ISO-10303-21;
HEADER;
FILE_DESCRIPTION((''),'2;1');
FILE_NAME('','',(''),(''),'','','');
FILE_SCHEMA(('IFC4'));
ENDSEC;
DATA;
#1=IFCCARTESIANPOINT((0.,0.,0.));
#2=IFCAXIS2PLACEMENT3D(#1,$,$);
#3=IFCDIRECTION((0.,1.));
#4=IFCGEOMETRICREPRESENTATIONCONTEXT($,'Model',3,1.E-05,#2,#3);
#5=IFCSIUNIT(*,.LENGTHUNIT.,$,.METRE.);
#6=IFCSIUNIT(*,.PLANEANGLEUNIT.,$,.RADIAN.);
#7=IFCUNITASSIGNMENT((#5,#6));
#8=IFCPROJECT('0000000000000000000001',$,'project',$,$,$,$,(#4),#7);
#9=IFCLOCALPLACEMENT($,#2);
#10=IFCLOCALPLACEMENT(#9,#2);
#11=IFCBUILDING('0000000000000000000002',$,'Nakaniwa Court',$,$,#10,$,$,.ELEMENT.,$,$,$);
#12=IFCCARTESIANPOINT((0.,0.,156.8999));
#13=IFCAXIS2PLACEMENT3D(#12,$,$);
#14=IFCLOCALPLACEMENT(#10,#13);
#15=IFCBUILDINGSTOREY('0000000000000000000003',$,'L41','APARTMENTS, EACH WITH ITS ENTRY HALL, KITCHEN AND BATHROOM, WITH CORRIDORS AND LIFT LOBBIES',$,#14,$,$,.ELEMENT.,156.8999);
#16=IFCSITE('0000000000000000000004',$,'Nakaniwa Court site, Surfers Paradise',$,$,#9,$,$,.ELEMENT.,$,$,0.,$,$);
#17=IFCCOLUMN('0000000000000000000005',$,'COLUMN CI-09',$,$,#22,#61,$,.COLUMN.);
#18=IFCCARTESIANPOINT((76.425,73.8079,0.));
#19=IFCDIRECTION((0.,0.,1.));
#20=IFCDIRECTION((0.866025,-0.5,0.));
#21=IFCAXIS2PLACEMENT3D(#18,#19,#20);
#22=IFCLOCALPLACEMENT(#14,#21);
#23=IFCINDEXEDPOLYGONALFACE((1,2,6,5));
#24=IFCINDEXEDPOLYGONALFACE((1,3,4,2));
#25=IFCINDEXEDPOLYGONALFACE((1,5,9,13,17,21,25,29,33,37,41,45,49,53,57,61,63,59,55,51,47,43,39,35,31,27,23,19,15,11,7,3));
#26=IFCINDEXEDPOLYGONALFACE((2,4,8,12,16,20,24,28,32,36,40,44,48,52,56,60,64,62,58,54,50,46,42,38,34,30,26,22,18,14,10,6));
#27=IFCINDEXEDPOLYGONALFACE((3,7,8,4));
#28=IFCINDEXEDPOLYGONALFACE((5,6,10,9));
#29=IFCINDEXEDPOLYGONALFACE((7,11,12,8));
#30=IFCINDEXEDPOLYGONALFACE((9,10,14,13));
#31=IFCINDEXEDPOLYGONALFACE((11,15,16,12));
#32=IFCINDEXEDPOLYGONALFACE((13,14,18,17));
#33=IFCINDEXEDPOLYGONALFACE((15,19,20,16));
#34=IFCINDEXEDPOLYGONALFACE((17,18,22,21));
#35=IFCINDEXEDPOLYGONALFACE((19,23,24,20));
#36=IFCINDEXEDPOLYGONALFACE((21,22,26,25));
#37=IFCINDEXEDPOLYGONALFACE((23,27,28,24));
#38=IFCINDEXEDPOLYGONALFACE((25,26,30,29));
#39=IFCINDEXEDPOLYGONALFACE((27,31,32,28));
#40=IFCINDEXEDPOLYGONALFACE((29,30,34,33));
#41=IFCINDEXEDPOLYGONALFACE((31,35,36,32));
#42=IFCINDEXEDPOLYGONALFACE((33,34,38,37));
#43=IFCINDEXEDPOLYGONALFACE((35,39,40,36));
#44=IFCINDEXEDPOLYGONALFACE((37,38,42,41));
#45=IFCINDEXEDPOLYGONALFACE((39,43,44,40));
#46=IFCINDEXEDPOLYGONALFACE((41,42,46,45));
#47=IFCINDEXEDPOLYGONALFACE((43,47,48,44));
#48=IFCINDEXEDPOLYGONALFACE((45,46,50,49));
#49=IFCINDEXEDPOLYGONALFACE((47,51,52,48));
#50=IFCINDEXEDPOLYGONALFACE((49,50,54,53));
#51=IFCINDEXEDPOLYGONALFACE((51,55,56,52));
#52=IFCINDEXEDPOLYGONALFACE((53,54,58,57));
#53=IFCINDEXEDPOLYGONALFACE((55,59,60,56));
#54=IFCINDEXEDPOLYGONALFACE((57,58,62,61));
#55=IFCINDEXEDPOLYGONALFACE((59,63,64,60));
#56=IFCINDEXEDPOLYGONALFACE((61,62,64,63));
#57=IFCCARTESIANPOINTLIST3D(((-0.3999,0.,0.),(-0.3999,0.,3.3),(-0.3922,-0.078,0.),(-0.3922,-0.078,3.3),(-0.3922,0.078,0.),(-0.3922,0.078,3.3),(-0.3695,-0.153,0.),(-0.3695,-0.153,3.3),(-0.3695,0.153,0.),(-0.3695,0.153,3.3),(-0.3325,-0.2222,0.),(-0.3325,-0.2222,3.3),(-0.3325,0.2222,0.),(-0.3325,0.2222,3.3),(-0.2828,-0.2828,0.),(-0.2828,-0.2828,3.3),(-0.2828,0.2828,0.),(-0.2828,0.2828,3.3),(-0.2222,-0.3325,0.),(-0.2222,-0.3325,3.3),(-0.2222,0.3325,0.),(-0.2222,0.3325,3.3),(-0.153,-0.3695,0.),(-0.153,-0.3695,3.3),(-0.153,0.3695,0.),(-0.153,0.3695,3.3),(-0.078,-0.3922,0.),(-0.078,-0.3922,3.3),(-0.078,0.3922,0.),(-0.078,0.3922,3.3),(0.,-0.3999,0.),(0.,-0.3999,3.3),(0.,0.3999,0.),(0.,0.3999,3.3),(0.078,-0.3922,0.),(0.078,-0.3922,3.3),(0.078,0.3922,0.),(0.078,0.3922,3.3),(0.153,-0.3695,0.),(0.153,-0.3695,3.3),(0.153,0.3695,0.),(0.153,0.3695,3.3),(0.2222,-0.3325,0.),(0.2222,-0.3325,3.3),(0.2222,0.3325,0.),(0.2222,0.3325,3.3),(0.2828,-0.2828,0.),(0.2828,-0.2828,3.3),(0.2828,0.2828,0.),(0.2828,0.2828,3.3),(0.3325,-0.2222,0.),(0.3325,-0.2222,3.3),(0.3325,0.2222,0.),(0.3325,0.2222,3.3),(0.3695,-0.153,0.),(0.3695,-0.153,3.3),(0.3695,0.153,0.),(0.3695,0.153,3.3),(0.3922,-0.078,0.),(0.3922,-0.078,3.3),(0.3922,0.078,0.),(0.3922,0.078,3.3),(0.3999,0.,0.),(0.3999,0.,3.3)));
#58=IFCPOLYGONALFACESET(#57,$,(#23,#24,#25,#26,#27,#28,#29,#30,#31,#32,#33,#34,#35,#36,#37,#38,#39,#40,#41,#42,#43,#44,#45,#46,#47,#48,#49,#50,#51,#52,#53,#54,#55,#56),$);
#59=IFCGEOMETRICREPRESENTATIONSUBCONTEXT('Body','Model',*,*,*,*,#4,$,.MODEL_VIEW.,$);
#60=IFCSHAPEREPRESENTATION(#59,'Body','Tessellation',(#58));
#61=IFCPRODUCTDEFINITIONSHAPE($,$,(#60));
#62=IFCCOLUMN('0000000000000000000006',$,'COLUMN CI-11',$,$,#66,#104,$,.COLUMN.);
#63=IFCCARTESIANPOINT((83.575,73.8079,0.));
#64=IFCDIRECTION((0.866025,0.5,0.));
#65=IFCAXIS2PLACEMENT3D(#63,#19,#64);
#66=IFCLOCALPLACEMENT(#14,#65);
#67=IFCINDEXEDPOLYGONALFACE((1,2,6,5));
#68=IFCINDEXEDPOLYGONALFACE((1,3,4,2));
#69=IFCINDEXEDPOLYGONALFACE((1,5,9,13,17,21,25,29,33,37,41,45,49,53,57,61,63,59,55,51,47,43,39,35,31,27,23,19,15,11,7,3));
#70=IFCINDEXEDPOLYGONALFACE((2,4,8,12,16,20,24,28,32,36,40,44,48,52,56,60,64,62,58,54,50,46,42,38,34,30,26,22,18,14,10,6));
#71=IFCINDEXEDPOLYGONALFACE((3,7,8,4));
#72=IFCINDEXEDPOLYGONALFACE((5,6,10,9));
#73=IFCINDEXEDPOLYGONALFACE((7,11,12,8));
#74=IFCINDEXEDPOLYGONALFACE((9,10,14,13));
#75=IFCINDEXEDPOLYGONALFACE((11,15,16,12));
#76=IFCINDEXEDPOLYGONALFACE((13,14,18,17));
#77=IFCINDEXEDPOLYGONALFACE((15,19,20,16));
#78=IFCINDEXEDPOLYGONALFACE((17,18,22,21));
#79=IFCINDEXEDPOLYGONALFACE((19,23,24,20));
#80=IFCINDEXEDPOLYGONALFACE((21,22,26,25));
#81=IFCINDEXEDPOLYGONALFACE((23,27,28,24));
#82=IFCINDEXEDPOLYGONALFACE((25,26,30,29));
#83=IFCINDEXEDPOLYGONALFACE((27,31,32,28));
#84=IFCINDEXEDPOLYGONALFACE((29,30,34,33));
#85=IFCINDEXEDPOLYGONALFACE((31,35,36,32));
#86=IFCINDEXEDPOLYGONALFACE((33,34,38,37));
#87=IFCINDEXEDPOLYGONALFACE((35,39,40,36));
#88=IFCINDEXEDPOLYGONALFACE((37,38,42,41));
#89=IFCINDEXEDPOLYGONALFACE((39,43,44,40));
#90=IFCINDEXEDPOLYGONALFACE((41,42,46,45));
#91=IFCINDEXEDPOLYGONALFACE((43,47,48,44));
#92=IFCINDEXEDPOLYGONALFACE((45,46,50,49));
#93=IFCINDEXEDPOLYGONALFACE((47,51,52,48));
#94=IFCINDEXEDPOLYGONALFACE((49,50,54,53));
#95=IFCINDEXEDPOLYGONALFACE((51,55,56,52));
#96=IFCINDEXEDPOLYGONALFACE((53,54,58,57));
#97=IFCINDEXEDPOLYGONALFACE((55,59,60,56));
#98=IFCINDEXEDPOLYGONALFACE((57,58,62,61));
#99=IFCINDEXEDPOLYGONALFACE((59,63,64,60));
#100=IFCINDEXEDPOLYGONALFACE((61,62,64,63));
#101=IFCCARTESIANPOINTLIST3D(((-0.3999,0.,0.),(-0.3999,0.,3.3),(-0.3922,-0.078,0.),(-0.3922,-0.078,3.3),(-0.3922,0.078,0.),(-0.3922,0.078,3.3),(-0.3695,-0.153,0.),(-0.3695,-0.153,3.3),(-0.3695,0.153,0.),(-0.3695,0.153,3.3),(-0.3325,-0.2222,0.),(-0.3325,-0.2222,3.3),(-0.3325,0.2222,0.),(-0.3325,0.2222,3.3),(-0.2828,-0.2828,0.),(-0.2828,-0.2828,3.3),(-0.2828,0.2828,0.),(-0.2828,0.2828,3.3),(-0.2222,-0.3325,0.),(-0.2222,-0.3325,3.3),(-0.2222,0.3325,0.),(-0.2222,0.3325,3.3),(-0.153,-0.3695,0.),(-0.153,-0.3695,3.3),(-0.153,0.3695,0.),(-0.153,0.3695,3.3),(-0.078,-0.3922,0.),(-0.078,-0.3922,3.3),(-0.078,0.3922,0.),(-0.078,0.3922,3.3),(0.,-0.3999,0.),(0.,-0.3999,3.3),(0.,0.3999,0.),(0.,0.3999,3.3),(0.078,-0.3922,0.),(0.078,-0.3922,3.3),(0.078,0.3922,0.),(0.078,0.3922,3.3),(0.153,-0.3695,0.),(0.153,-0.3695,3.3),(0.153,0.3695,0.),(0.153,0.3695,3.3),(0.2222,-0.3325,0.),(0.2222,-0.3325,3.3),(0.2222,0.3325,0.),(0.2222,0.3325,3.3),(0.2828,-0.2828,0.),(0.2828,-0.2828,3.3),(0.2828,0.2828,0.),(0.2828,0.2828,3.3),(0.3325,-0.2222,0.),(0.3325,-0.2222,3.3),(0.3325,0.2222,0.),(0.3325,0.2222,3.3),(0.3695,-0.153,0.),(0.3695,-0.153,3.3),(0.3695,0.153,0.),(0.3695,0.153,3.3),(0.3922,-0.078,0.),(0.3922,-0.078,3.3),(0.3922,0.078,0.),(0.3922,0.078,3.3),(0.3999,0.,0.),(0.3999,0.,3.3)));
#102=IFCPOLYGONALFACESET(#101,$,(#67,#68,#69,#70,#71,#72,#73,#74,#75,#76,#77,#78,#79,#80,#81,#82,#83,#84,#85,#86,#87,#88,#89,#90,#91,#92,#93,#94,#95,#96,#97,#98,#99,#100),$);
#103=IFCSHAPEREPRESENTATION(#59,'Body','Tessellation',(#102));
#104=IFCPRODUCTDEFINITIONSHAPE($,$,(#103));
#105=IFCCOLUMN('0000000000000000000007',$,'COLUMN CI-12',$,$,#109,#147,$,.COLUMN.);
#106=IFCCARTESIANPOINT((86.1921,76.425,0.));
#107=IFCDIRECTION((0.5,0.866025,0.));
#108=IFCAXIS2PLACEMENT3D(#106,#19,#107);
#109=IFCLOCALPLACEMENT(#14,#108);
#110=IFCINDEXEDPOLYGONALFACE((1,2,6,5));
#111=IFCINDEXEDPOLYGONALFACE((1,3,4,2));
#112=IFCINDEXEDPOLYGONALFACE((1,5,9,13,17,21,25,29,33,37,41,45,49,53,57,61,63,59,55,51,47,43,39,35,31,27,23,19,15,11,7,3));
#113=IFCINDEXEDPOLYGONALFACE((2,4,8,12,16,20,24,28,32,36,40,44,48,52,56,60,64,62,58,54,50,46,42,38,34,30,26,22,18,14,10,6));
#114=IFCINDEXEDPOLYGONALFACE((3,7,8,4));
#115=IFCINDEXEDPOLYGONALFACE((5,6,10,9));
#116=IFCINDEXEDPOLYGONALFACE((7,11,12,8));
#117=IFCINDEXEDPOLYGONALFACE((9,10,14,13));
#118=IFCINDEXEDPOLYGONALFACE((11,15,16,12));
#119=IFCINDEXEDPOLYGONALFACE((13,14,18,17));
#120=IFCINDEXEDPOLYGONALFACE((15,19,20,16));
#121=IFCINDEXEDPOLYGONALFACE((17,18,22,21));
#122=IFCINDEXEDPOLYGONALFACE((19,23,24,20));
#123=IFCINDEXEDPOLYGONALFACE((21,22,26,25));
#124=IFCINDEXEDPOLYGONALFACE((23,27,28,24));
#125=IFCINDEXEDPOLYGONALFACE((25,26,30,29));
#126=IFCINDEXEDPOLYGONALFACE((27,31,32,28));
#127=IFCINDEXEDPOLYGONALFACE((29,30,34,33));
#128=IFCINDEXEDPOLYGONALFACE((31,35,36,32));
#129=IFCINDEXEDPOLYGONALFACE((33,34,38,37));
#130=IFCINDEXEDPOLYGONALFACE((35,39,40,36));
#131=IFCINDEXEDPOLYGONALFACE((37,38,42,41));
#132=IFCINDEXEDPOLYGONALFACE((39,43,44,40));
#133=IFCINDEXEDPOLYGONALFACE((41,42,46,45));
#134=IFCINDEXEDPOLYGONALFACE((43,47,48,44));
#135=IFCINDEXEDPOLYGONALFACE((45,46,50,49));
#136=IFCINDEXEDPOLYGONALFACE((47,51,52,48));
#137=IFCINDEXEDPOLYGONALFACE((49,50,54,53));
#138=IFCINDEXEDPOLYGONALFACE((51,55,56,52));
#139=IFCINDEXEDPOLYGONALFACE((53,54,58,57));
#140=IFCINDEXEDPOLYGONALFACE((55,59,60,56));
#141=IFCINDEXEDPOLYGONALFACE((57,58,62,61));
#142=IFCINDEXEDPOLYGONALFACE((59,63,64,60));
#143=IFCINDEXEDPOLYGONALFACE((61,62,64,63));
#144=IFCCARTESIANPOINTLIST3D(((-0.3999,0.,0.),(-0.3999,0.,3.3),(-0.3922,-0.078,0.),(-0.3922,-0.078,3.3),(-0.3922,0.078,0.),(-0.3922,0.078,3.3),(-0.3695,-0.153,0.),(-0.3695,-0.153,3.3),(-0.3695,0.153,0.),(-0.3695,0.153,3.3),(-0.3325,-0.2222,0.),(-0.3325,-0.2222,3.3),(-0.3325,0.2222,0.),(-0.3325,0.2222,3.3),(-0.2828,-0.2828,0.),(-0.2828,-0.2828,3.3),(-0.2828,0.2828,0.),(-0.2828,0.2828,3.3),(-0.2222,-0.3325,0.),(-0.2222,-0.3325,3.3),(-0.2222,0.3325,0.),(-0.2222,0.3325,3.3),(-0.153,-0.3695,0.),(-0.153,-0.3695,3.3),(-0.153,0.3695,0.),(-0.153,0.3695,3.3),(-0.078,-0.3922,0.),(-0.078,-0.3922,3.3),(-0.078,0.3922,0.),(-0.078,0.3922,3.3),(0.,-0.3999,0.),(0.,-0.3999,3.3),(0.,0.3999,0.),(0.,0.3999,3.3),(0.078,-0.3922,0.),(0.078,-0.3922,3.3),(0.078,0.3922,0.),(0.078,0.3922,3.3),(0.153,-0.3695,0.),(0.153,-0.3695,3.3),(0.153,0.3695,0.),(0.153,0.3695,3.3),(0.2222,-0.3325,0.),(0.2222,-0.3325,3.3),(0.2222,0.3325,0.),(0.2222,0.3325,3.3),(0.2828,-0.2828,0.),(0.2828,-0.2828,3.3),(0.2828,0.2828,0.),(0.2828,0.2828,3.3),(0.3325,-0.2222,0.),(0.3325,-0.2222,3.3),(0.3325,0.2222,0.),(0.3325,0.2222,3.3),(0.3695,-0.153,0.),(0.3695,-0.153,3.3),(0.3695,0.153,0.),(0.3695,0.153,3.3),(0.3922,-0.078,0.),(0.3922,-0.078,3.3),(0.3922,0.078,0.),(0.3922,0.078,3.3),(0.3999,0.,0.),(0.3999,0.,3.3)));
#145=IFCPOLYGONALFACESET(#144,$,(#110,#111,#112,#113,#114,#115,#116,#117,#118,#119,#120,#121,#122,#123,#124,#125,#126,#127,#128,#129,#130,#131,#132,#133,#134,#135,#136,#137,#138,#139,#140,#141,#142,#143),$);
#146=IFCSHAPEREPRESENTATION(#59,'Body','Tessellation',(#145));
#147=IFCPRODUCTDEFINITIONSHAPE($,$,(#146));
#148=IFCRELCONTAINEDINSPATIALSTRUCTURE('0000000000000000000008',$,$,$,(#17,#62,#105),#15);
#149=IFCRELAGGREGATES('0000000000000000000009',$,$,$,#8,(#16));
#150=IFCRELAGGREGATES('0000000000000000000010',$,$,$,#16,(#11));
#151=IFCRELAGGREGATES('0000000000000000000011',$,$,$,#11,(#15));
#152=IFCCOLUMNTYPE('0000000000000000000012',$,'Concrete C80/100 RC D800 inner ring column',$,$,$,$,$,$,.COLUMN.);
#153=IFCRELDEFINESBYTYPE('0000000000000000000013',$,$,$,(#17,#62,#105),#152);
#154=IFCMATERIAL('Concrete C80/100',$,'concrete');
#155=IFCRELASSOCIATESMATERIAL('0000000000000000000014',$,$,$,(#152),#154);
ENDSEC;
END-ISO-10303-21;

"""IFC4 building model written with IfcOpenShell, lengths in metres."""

from ifc_helpers import new_model, si_unit, direction, frame, origin, origin_2d, place, context, subcontext, project, spatial, circle, extrude, material, material_profile, profile_set, type_object, element, save


model = new_model("IFC4")

# Units and contexts
model_context = context("Model", 3, precision=1e-05, world=origin(), true_north=direction((0.0, 1.0)))
body_context = subcontext(model_context, "Body", "Model", "MODEL_VIEW")
ifc_project = project(units=[si_unit("LENGTHUNIT", "METRE"), si_unit("PLANEANGLEUNIT", "RADIAN")], contexts=[model_context])

# Site, building, storey
site_placement = place(None, origin())
site = spatial("IfcSite", under=ifc_project, at=site_placement, Name="Nakaniwa Court site, Surfers Paradise", CompositionType="ELEMENT", RefElevation=0.0)
building_placement = place(site_placement, origin())
building = spatial("IfcBuilding", under=site, at=building_placement, Name="Nakaniwa Court", CompositionType="ELEMENT")
storey_placement = place(building_placement, frame((0.0, 0.0, 156.8999)))
storey = spatial("IfcBuildingStorey", under=building, at=storey_placement, Name="L41", Description="APARTMENTS, EACH WITH ITS ENTRY HALL, KITCHEN AND BATHROOM, WITH CORRIDORS AND LIFT LOBBIES", CompositionType="ELEMENT", Elevation=156.8999)

# Columns
ifc_material_1 = material(Name="Concrete C80/100", Category="concrete")
ifc_material_profile_1 = material_profile(ifc_material_1, circle(Radius=0.3999, at=origin_2d()), Name="Concrete C80/100 RC D800 inner ring column")
ifc_profile_set_1 = profile_set([ifc_material_profile_1], Name="Concrete C80/100")
column_type = type_object("IfcColumnType", Name="Concrete C80/100 RC D800 inner ring column", PredefinedType="COLUMN", material=ifc_profile_set_1)
for number, where, z_axis, x_axis, name in (
    (1, (76.425, 73.8079, 0.0), (0.0, 0.0, 1.0), (0.866025, -0.5, 0.0), "COLUMN CI-09"),
    (2, (83.575, 73.8079, 0.0), (0.0, 0.0, 1.0), (0.866025, 0.5, 0.0), "COLUMN CI-11"),
    (3, (86.1921, 76.425, 0.0), (0.0, 0.0, 1.0), (0.5, 0.866025, 0.0), "COLUMN CI-12"),
):
    element("IfcColumn", number, at=place(storey_placement, frame(where, z_axis=z_axis, x_axis=x_axis)), inside=storey, type_object=column_type, Name=name, PredefinedType="COLUMN", context=body_context, shape_type="SweptSolid", body=[
        extrude(circle(Radius=0.3999, at=origin_2d()), origin(), (0.0, 0.0, 1.0), 3.3),
    ])

save(model, "model.ifc")
